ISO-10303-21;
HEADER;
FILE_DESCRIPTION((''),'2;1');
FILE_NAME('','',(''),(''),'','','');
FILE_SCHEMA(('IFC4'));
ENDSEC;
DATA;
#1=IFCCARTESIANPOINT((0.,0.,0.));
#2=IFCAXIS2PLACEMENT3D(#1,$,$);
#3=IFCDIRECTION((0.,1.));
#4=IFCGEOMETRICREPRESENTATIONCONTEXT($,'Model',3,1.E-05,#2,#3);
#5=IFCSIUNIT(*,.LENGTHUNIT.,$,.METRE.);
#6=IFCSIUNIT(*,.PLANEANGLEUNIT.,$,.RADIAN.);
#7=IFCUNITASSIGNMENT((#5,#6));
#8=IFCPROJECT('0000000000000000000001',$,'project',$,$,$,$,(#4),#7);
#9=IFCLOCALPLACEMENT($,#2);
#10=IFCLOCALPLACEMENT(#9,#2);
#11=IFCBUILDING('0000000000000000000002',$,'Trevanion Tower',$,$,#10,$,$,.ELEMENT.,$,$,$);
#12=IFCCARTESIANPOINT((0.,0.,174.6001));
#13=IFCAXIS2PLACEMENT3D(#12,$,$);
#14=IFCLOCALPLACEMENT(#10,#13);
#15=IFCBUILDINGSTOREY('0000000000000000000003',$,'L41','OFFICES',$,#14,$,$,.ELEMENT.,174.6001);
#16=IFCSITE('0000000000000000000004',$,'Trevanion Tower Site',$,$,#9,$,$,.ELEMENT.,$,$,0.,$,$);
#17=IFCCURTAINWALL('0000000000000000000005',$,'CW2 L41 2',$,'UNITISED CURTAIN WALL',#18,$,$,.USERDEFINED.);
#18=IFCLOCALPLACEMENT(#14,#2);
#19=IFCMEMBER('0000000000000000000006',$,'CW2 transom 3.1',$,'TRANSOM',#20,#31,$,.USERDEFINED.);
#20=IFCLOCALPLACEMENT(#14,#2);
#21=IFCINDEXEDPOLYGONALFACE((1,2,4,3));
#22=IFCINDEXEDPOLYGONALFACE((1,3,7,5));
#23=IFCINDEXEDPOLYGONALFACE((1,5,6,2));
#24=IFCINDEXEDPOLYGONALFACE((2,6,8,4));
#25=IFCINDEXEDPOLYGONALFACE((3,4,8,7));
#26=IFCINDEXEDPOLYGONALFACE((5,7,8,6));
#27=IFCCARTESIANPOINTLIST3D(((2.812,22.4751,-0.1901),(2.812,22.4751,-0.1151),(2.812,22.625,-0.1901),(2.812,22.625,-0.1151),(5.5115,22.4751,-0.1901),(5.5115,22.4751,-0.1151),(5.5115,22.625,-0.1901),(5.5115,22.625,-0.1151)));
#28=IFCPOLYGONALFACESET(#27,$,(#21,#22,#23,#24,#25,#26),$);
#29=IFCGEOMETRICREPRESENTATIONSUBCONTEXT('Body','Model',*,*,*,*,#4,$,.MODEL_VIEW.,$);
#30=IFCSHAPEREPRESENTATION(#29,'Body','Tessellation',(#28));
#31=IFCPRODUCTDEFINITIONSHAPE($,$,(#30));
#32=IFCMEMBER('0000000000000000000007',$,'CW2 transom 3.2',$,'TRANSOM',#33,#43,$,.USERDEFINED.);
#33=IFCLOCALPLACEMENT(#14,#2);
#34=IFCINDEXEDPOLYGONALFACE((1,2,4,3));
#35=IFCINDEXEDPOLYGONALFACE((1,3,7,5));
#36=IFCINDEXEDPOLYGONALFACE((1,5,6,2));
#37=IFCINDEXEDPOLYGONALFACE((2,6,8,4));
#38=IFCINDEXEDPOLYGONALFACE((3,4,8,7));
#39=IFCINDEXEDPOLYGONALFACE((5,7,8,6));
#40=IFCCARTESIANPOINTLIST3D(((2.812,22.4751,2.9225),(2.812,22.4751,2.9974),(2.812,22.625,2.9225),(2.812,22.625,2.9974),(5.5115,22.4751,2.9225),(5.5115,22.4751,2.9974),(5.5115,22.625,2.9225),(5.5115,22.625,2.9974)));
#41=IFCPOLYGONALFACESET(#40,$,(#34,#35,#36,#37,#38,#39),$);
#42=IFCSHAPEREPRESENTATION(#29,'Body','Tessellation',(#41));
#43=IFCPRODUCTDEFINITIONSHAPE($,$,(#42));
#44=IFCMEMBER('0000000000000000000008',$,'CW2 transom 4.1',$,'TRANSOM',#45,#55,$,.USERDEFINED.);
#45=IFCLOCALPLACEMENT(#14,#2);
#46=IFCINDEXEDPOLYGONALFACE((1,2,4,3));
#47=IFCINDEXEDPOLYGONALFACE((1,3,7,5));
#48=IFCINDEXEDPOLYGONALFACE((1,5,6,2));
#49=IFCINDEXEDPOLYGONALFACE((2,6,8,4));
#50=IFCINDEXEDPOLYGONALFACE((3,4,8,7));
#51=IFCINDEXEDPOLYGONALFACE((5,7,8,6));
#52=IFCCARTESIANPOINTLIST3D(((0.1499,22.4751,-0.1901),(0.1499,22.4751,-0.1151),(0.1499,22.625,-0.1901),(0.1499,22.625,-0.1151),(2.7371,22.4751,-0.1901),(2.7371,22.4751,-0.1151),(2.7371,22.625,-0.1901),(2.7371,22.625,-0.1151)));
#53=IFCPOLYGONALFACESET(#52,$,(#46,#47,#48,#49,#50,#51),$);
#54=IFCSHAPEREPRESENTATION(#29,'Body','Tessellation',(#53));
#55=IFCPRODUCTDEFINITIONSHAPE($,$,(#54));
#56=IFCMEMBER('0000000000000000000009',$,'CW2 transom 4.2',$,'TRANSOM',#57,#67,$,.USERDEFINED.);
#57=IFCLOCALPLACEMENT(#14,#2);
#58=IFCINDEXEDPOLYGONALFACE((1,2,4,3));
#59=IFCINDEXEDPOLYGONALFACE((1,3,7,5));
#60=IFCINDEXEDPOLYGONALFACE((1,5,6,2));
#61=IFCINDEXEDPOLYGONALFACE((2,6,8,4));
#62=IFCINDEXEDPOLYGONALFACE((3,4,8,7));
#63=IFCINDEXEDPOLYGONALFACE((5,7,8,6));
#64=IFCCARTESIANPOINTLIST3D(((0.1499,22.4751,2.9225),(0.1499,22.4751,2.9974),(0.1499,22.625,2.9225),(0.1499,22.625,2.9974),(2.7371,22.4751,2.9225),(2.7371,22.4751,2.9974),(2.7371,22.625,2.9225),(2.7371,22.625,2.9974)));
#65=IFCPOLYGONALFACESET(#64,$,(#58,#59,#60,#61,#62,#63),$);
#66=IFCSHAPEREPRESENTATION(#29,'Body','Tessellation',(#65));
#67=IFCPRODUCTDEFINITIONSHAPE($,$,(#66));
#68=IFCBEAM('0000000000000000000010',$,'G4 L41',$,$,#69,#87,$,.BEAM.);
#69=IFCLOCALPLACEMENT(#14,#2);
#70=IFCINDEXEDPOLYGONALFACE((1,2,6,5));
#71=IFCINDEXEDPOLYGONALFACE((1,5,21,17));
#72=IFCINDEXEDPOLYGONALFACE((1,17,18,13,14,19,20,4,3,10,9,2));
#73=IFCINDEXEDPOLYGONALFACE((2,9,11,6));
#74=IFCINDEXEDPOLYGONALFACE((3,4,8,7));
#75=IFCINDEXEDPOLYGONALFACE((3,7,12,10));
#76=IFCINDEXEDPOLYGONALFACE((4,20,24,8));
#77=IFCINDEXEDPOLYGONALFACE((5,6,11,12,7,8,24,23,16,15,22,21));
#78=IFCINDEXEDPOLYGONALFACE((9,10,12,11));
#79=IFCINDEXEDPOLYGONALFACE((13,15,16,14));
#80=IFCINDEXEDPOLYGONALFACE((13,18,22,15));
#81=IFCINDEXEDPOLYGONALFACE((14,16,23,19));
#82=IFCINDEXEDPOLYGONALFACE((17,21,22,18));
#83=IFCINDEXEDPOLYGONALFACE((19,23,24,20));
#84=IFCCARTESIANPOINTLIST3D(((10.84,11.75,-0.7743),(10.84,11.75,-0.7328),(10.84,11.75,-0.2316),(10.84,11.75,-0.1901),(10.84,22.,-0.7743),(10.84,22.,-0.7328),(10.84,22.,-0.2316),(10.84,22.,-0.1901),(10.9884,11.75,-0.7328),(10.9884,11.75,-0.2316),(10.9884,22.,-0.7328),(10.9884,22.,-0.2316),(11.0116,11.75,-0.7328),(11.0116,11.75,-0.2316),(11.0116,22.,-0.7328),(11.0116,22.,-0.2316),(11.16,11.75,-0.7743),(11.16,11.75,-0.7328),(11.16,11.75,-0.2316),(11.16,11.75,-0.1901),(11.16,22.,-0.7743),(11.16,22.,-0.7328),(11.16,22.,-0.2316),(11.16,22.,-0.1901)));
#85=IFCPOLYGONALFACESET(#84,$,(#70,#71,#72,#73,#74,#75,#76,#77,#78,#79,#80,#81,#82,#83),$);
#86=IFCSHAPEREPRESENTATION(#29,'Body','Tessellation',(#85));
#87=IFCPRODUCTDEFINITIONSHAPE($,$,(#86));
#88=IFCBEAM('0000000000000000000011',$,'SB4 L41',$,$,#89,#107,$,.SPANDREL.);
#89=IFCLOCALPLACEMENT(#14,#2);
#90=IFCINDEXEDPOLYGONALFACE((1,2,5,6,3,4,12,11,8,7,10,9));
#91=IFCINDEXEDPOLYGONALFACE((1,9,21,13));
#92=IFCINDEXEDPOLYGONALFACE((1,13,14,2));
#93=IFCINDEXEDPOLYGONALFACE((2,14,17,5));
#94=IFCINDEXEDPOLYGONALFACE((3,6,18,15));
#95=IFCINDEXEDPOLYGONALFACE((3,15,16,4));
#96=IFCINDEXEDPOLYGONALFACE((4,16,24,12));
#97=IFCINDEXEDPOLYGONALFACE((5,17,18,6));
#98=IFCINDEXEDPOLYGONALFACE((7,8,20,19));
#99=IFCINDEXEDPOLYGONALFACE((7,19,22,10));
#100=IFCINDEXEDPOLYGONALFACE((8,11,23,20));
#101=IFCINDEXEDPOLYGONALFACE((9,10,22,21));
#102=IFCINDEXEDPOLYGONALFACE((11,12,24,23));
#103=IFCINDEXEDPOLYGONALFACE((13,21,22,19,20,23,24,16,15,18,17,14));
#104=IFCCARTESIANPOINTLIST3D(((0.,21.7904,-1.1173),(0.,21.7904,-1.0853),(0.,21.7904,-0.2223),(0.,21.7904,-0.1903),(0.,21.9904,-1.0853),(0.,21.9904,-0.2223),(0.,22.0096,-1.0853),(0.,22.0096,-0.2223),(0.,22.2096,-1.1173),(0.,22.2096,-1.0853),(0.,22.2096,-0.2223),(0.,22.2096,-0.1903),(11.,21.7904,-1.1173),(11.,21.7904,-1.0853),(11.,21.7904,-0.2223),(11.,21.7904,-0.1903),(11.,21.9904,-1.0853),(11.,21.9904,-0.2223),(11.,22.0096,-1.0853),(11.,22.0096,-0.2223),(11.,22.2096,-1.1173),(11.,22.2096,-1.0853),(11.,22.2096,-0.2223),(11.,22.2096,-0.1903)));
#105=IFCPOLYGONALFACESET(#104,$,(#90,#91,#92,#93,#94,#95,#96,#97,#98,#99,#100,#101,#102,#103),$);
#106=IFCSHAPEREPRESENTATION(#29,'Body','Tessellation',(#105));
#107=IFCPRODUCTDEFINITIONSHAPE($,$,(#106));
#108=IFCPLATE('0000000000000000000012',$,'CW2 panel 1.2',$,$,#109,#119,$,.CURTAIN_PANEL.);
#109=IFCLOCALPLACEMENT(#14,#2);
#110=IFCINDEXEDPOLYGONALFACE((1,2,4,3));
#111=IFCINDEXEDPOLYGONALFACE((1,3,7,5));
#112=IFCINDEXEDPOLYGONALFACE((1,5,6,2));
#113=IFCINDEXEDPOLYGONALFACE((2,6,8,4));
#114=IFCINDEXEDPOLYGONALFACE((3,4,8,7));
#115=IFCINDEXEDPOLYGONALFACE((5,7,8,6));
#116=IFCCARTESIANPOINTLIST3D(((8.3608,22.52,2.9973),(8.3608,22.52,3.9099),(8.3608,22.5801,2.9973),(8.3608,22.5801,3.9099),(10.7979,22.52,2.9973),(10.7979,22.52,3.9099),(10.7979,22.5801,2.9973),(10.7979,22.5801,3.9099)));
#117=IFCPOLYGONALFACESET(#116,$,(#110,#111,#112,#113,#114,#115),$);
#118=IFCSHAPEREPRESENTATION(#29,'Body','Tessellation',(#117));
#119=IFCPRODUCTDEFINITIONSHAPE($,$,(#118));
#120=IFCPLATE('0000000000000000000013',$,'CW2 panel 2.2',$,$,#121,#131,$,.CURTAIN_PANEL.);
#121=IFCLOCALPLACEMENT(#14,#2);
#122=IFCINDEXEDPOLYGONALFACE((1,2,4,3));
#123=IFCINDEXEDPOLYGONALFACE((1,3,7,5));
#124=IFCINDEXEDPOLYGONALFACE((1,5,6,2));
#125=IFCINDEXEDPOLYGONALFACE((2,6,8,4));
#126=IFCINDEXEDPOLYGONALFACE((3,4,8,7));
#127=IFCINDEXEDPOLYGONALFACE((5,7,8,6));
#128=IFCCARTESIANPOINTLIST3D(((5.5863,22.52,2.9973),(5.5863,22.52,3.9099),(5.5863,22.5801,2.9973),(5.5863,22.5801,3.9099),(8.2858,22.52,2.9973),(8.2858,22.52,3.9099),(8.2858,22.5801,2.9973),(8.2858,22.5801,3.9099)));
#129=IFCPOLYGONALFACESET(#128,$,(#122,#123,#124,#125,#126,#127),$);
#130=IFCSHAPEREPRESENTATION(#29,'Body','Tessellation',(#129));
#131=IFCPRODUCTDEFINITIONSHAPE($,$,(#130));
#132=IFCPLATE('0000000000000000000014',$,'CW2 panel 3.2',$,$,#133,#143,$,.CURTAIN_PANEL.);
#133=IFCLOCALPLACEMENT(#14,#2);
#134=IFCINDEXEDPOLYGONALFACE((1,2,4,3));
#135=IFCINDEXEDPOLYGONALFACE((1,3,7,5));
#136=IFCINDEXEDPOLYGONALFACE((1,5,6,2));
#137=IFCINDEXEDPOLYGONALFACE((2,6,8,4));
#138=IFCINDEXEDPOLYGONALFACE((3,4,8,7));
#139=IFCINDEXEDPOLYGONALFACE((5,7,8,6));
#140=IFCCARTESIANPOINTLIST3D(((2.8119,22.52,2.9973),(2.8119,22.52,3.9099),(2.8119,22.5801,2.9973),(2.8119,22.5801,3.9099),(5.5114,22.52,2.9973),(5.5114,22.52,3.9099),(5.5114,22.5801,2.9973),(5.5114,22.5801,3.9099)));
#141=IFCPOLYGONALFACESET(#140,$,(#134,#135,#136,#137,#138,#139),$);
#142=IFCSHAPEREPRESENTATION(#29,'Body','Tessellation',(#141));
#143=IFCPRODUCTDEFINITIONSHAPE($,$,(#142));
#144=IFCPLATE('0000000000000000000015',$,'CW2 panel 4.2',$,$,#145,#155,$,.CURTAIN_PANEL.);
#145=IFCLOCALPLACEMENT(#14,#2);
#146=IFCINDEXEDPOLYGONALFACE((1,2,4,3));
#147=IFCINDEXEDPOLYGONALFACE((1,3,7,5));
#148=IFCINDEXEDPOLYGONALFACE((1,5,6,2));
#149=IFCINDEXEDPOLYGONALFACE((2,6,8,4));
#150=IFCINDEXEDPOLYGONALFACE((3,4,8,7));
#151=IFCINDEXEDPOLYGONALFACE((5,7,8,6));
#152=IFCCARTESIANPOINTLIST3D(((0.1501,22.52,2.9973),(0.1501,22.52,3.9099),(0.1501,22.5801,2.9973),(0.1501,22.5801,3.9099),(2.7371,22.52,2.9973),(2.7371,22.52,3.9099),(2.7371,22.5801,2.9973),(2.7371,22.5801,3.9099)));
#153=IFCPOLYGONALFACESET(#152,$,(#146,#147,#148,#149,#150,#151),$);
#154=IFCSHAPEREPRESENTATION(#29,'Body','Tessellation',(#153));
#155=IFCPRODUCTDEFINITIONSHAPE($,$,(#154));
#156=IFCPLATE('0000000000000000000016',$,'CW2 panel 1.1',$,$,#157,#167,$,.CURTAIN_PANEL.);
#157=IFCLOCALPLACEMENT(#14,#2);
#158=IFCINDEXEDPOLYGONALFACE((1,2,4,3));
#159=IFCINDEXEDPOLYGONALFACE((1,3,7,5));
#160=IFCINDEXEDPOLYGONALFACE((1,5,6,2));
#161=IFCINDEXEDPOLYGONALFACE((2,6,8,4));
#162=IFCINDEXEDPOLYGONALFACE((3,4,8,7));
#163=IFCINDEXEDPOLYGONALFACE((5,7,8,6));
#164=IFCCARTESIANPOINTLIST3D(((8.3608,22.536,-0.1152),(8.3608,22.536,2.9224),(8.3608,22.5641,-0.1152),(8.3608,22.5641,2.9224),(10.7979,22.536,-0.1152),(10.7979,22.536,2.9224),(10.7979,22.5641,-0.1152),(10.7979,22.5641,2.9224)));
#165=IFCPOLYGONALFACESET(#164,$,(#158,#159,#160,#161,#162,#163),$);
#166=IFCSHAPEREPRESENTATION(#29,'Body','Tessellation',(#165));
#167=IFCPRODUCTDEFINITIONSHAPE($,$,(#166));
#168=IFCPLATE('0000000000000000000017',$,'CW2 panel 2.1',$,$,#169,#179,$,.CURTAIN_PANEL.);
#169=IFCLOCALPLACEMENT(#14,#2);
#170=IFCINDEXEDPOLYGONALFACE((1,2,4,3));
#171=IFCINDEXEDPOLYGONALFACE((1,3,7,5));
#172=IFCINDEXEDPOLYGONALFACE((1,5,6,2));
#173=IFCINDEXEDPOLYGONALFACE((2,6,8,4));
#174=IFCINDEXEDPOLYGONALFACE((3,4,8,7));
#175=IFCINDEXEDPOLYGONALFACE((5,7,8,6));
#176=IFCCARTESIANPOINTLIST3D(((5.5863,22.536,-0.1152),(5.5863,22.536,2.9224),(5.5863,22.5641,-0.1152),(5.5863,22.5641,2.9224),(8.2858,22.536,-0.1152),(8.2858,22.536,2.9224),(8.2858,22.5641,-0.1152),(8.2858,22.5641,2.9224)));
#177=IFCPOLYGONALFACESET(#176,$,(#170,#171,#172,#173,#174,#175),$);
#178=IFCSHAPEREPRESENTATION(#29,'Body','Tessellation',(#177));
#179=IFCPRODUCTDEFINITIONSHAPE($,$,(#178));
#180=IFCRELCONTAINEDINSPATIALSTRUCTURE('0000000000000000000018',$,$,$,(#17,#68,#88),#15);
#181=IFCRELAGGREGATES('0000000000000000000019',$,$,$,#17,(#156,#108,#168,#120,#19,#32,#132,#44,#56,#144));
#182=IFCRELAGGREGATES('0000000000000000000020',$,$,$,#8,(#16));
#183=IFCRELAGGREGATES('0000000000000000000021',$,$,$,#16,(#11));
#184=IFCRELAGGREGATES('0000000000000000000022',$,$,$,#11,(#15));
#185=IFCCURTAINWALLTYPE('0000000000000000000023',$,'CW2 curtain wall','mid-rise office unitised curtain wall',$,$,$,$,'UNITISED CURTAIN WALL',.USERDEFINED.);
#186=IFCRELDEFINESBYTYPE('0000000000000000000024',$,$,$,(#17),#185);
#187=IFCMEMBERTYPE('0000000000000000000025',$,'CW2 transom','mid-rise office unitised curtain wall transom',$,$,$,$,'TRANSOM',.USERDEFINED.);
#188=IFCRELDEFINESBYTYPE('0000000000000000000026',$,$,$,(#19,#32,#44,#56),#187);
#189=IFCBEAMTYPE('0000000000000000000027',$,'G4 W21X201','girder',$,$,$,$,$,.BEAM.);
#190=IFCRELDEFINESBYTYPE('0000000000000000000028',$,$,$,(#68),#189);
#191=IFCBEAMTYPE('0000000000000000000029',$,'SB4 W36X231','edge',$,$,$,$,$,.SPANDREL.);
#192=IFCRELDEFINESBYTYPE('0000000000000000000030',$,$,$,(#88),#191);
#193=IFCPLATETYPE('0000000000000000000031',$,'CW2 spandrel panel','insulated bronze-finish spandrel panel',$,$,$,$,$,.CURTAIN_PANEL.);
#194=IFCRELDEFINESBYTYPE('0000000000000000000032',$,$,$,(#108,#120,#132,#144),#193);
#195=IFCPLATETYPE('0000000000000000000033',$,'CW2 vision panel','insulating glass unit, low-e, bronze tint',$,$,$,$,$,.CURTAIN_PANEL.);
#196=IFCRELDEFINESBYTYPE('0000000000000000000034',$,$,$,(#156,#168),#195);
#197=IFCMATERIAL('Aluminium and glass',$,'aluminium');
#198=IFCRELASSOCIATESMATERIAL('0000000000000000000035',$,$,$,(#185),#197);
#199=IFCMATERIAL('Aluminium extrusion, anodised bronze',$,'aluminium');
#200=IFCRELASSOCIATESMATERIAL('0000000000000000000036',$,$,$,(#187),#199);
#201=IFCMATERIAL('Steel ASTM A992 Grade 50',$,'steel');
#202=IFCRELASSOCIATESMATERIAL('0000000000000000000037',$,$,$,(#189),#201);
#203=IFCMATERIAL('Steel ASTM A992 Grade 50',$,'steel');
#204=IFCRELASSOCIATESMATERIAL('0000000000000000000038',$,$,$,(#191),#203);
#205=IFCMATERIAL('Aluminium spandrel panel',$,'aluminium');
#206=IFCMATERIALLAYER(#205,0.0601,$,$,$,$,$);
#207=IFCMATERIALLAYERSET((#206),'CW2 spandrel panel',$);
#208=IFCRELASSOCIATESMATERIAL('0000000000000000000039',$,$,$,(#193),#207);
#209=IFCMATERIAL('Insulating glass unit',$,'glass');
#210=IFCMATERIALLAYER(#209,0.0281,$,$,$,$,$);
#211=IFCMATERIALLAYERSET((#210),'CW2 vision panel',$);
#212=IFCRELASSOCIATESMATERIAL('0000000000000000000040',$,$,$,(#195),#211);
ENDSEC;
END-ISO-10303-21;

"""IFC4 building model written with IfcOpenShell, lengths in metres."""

from ifc_helpers import new_model, si_unit, direction, frame, origin, origin_2d, place, context, subcontext, project, spatial, rectangle, i_section, extrude, material, layer, layer_set, material_profile, profile_set, type_object, element, aggregate, save


model = new_model("IFC4")

# Units and contexts
model_context = context("Model", 3, precision=1e-05, world=origin(), true_north=direction((0.0, 1.0)))
body_context = subcontext(model_context, "Body", "Model", "MODEL_VIEW")
ifc_project = project(units=[si_unit("LENGTHUNIT", "METRE"), si_unit("PLANEANGLEUNIT", "RADIAN")], contexts=[model_context])

# Site, building, storey
site_placement = place(None, origin())
site = spatial("IfcSite", under=ifc_project, at=site_placement, Name="Trevanion Tower Site", CompositionType="ELEMENT", RefElevation=0.0)
building_placement = place(site_placement, origin())
building = spatial("IfcBuilding", under=site, at=building_placement, Name="Trevanion Tower", CompositionType="ELEMENT")
storey_placement = place(building_placement, frame((0.0, 0.0, 174.6001)))
storey = spatial("IfcBuildingStorey", under=building, at=storey_placement, Name="L41", Description="OFFICES", CompositionType="ELEMENT", Elevation=174.6001)

# Curtain wall
ifc_material_1 = material(Name="Aluminium and glass", Category="aluminium")
curtain_wall_type = type_object("IfcCurtainWallType", Name="CW2 curtain wall", Description="mid-rise office unitised curtain wall", ElementType="UNITISED CURTAIN WALL", PredefinedType="USERDEFINED", material=ifc_material_1)
curtain_wall_1_placement = place(storey_placement, origin())
curtain_wall_1 = element("IfcCurtainWall", 1, at=curtain_wall_1_placement, inside=storey, type_object=curtain_wall_type, Name="CW2 L41 2", ObjectType="UNITISED CURTAIN WALL", PredefinedType="USERDEFINED")

# Members
ifc_material_2 = material(Name="Aluminium extrusion, anodised bronze", Category="aluminium")
ifc_material_profile_1 = material_profile(ifc_material_2, rectangle(XDim=0.1499, YDim=0.075, at=origin_2d()), Name="CW2 transom")
ifc_profile_set_1 = profile_set([ifc_material_profile_1], Name="Aluminium extrusion, anodised bronze")
member_type_1 = type_object("IfcMemberType", Name="CW2 transom", Description="mid-rise office unitised curtain wall transom", ElementType="TRANSOM", PredefinedType="USERDEFINED", material=ifc_profile_set_1)
member_1_placement = place(storey_placement, frame((5.5115, 22.55, -0.1526), z_axis=(-1.0, 0.0, 0.0), x_axis=(0.0, -1.0, 0.0)))
member_1 = element("IfcMember", 2, at=member_1_placement, type_object=member_type_1, Name="CW2 transom 3.1", ObjectType="TRANSOM", PredefinedType="USERDEFINED", context=body_context, shape_type="SweptSolid", body=[
    extrude(rectangle(XDim=0.1499, YDim=0.075, at=origin_2d()), origin(), (0.0, 0.0, 1.0), 2.6995),
])
member_2_placement = place(storey_placement, frame((5.5115, 22.55, 2.96), z_axis=(-1.0, 0.0, 0.0), x_axis=(0.0, -1.0, 0.0)))
member_2 = element("IfcMember", 3, at=member_2_placement, type_object=member_type_1, Name="CW2 transom 3.2", ObjectType="TRANSOM", PredefinedType="USERDEFINED", context=body_context, shape_type="SweptSolid", body=[
    extrude(rectangle(XDim=0.1499, YDim=0.075, at=origin_2d()), origin(), (0.0, 0.0, 1.0), 2.6995),
])
member_3_placement = place(storey_placement, frame((2.7371, 22.55, -0.1526), z_axis=(-1.0, 0.0, 0.0), x_axis=(0.0, -1.0, 0.0)))
member_3 = element("IfcMember", 4, at=member_3_placement, type_object=member_type_1, Name="CW2 transom 4.1", ObjectType="TRANSOM", PredefinedType="USERDEFINED", context=body_context, shape_type="SweptSolid", body=[
    extrude(rectangle(XDim=0.1499, YDim=0.075, at=origin_2d()), origin(), (0.0, 0.0, 1.0), 2.5872),
])
member_4_placement = place(storey_placement, frame((2.7371, 22.55, 2.96), z_axis=(-1.0, 0.0, 0.0), x_axis=(0.0, -1.0, 0.0)))
member_4 = element("IfcMember", 5, at=member_4_placement, type_object=member_type_1, Name="CW2 transom 4.2", ObjectType="TRANSOM", PredefinedType="USERDEFINED", context=body_context, shape_type="SweptSolid", body=[
    extrude(rectangle(XDim=0.1499, YDim=0.075, at=origin_2d()), origin(), (0.0, 0.0, 1.0), 2.5872),
])

# Beams
ifc_material_3 = material(Name="Steel ASTM A992 Grade 50", Category="steel")
ifc_material_profile_2 = material_profile(ifc_material_3, i_section(OverallWidth=0.3201, OverallDepth=0.5842, WebThickness=0.0232, FlangeThickness=0.0415, at=origin_2d()), Name="W21X201")
ifc_profile_set_2 = profile_set([ifc_material_profile_2], Name="Steel ASTM A992 Grade 50")
beam_type_1 = type_object("IfcBeamType", Name="G4 W21X201", Description="girder", PredefinedType="BEAM", material=ifc_profile_set_2)
beam_1_placement = place(storey_placement, frame((11.0, 11.75, -0.4822), z_axis=(0.0, 1.0, 0.0), x_axis=(-1.0, 0.0, 0.0)))
element("IfcBeam", 6, at=beam_1_placement, inside=storey, type_object=beam_type_1, Name="G4 L41", PredefinedType="BEAM", context=body_context, shape_type="SweptSolid", body=[
    extrude(i_section(OverallWidth=0.3201, OverallDepth=0.5842, WebThickness=0.0232, FlangeThickness=0.0415, at=origin_2d()), origin(), (0.0, 0.0, 1.0), 10.25),
])
ifc_material_4 = material(Name="Steel ASTM A992 Grade 50", Category="steel")
ifc_material_profile_3 = material_profile(ifc_material_4, i_section(OverallWidth=0.4192, OverallDepth=0.927, WebThickness=0.0193, FlangeThickness=0.032, at=origin_2d()), Name="W36X231")
ifc_profile_set_3 = profile_set([ifc_material_profile_3], Name="Steel ASTM A992 Grade 50")
beam_type_2 = type_object("IfcBeamType", Name="SB4 W36X231", Description="edge", PredefinedType="SPANDREL", material=ifc_profile_set_3)
beam_2_placement = place(storey_placement, frame((11.0, 22.0, -0.6538), z_axis=(-1.0, 0.0, 0.0), x_axis=(0.0, -1.0, 0.0)))
element("IfcBeam", 7, at=beam_2_placement, inside=storey, type_object=beam_type_2, Name="SB4 L41", PredefinedType="SPANDREL", context=body_context, shape_type="SweptSolid", body=[
    extrude(i_section(OverallWidth=0.4192, OverallDepth=0.927, WebThickness=0.0193, FlangeThickness=0.032, at=origin_2d()), origin(), (0.0, 0.0, 1.0), 11.0),
])

# Plates
ifc_material_5 = material(Name="Aluminium spandrel panel", Category="aluminium")
ifc_layer_1 = layer(ifc_material_5, 0.0601)
ifc_layer_set_1 = layer_set([ifc_layer_1], Name="CW2 spandrel panel")
plate_type_1 = type_object("IfcPlateType", Name="CW2 spandrel panel", Description="insulated bronze-finish spandrel panel", PredefinedType="CURTAIN_PANEL", material=ifc_layer_set_1)
plate_1_placement = place(storey_placement, frame((9.5793, 22.55, 2.9973), z_axis=(0.0, 0.0, 1.0), x_axis=(-1.0, 0.0, 0.0)))
plate_1 = element("IfcPlate", 8, at=plate_1_placement, type_object=plate_type_1, Name="CW2 panel 1.2", PredefinedType="CURTAIN_PANEL", context=body_context, shape_type="SweptSolid", body=[
    extrude(rectangle(XDim=2.437, YDim=0.0601, at=origin_2d()), origin(), (0.0, 0.0, 1.0), 0.9126),
])
plate_2_placement = place(storey_placement, frame((6.936, 22.55, 2.9973), z_axis=(0.0, 0.0, 1.0), x_axis=(-1.0, 0.0, 0.0)))
plate_2 = element("IfcPlate", 9, at=plate_2_placement, type_object=plate_type_1, Name="CW2 panel 2.2", PredefinedType="CURTAIN_PANEL", context=body_context, shape_type="SweptSolid", body=[
    extrude(rectangle(XDim=2.6995, YDim=0.0601, at=origin_2d()), origin(), (0.0, 0.0, 1.0), 0.9126),
])
plate_3_placement = place(storey_placement, frame((4.1616, 22.55, 2.9973), z_axis=(0.0, 0.0, 1.0), x_axis=(-1.0, 0.0, 0.0)))
plate_3 = element("IfcPlate", 10, at=plate_3_placement, type_object=plate_type_1, Name="CW2 panel 3.2", PredefinedType="CURTAIN_PANEL", context=body_context, shape_type="SweptSolid", body=[
    extrude(rectangle(XDim=2.6995, YDim=0.0601, at=origin_2d()), origin(), (0.0, 0.0, 1.0), 0.9126),
])
plate_4_placement = place(storey_placement, frame((1.4436, 22.55, 2.9973), z_axis=(0.0, 0.0, 1.0), x_axis=(-1.0, 0.0, 0.0)))
plate_4 = element("IfcPlate", 11, at=plate_4_placement, type_object=plate_type_1, Name="CW2 panel 4.2", PredefinedType="CURTAIN_PANEL", context=body_context, shape_type="SweptSolid", body=[
    extrude(rectangle(XDim=2.5869, YDim=0.0601, at=origin_2d()), origin(), (0.0, 0.0, 1.0), 0.9126),
])
ifc_material_6 = material(Name="Insulating glass unit", Category="glass")
ifc_layer_2 = layer(ifc_material_6, 0.0281)
ifc_layer_set_2 = layer_set([ifc_layer_2], Name="CW2 vision panel")
plate_type_2 = type_object("IfcPlateType", Name="CW2 vision panel", Description="insulating glass unit, low-e, bronze tint", PredefinedType="CURTAIN_PANEL", material=ifc_layer_set_2)
plate_5_placement = place(storey_placement, frame((9.5793, 22.55, -0.1152), z_axis=(0.0, 0.0, 1.0), x_axis=(-1.0, 0.0, 0.0)))
plate_5 = element("IfcPlate", 12, at=plate_5_placement, type_object=plate_type_2, Name="CW2 panel 1.1", PredefinedType="CURTAIN_PANEL", context=body_context, shape_type="SweptSolid", body=[
    extrude(rectangle(XDim=2.437, YDim=0.0281, at=origin_2d()), origin(), (0.0, 0.0, 1.0), 3.0376),
])
plate_6_placement = place(storey_placement, frame((6.936, 22.55, -0.1152), z_axis=(0.0, 0.0, 1.0), x_axis=(-1.0, 0.0, 0.0)))
plate_6 = element("IfcPlate", 13, at=plate_6_placement, type_object=plate_type_2, Name="CW2 panel 2.1", PredefinedType="CURTAIN_PANEL", context=body_context, shape_type="SweptSolid", body=[
    extrude(rectangle(XDim=2.6995, YDim=0.0281, at=origin_2d()), origin(), (0.0, 0.0, 1.0), 3.0376),
])
aggregate(curtain_wall_1, [plate_5, plate_1, plate_6, plate_2, member_1, member_2, plate_3, member_3, member_4, plate_4])

save(model, "model.ifc")
